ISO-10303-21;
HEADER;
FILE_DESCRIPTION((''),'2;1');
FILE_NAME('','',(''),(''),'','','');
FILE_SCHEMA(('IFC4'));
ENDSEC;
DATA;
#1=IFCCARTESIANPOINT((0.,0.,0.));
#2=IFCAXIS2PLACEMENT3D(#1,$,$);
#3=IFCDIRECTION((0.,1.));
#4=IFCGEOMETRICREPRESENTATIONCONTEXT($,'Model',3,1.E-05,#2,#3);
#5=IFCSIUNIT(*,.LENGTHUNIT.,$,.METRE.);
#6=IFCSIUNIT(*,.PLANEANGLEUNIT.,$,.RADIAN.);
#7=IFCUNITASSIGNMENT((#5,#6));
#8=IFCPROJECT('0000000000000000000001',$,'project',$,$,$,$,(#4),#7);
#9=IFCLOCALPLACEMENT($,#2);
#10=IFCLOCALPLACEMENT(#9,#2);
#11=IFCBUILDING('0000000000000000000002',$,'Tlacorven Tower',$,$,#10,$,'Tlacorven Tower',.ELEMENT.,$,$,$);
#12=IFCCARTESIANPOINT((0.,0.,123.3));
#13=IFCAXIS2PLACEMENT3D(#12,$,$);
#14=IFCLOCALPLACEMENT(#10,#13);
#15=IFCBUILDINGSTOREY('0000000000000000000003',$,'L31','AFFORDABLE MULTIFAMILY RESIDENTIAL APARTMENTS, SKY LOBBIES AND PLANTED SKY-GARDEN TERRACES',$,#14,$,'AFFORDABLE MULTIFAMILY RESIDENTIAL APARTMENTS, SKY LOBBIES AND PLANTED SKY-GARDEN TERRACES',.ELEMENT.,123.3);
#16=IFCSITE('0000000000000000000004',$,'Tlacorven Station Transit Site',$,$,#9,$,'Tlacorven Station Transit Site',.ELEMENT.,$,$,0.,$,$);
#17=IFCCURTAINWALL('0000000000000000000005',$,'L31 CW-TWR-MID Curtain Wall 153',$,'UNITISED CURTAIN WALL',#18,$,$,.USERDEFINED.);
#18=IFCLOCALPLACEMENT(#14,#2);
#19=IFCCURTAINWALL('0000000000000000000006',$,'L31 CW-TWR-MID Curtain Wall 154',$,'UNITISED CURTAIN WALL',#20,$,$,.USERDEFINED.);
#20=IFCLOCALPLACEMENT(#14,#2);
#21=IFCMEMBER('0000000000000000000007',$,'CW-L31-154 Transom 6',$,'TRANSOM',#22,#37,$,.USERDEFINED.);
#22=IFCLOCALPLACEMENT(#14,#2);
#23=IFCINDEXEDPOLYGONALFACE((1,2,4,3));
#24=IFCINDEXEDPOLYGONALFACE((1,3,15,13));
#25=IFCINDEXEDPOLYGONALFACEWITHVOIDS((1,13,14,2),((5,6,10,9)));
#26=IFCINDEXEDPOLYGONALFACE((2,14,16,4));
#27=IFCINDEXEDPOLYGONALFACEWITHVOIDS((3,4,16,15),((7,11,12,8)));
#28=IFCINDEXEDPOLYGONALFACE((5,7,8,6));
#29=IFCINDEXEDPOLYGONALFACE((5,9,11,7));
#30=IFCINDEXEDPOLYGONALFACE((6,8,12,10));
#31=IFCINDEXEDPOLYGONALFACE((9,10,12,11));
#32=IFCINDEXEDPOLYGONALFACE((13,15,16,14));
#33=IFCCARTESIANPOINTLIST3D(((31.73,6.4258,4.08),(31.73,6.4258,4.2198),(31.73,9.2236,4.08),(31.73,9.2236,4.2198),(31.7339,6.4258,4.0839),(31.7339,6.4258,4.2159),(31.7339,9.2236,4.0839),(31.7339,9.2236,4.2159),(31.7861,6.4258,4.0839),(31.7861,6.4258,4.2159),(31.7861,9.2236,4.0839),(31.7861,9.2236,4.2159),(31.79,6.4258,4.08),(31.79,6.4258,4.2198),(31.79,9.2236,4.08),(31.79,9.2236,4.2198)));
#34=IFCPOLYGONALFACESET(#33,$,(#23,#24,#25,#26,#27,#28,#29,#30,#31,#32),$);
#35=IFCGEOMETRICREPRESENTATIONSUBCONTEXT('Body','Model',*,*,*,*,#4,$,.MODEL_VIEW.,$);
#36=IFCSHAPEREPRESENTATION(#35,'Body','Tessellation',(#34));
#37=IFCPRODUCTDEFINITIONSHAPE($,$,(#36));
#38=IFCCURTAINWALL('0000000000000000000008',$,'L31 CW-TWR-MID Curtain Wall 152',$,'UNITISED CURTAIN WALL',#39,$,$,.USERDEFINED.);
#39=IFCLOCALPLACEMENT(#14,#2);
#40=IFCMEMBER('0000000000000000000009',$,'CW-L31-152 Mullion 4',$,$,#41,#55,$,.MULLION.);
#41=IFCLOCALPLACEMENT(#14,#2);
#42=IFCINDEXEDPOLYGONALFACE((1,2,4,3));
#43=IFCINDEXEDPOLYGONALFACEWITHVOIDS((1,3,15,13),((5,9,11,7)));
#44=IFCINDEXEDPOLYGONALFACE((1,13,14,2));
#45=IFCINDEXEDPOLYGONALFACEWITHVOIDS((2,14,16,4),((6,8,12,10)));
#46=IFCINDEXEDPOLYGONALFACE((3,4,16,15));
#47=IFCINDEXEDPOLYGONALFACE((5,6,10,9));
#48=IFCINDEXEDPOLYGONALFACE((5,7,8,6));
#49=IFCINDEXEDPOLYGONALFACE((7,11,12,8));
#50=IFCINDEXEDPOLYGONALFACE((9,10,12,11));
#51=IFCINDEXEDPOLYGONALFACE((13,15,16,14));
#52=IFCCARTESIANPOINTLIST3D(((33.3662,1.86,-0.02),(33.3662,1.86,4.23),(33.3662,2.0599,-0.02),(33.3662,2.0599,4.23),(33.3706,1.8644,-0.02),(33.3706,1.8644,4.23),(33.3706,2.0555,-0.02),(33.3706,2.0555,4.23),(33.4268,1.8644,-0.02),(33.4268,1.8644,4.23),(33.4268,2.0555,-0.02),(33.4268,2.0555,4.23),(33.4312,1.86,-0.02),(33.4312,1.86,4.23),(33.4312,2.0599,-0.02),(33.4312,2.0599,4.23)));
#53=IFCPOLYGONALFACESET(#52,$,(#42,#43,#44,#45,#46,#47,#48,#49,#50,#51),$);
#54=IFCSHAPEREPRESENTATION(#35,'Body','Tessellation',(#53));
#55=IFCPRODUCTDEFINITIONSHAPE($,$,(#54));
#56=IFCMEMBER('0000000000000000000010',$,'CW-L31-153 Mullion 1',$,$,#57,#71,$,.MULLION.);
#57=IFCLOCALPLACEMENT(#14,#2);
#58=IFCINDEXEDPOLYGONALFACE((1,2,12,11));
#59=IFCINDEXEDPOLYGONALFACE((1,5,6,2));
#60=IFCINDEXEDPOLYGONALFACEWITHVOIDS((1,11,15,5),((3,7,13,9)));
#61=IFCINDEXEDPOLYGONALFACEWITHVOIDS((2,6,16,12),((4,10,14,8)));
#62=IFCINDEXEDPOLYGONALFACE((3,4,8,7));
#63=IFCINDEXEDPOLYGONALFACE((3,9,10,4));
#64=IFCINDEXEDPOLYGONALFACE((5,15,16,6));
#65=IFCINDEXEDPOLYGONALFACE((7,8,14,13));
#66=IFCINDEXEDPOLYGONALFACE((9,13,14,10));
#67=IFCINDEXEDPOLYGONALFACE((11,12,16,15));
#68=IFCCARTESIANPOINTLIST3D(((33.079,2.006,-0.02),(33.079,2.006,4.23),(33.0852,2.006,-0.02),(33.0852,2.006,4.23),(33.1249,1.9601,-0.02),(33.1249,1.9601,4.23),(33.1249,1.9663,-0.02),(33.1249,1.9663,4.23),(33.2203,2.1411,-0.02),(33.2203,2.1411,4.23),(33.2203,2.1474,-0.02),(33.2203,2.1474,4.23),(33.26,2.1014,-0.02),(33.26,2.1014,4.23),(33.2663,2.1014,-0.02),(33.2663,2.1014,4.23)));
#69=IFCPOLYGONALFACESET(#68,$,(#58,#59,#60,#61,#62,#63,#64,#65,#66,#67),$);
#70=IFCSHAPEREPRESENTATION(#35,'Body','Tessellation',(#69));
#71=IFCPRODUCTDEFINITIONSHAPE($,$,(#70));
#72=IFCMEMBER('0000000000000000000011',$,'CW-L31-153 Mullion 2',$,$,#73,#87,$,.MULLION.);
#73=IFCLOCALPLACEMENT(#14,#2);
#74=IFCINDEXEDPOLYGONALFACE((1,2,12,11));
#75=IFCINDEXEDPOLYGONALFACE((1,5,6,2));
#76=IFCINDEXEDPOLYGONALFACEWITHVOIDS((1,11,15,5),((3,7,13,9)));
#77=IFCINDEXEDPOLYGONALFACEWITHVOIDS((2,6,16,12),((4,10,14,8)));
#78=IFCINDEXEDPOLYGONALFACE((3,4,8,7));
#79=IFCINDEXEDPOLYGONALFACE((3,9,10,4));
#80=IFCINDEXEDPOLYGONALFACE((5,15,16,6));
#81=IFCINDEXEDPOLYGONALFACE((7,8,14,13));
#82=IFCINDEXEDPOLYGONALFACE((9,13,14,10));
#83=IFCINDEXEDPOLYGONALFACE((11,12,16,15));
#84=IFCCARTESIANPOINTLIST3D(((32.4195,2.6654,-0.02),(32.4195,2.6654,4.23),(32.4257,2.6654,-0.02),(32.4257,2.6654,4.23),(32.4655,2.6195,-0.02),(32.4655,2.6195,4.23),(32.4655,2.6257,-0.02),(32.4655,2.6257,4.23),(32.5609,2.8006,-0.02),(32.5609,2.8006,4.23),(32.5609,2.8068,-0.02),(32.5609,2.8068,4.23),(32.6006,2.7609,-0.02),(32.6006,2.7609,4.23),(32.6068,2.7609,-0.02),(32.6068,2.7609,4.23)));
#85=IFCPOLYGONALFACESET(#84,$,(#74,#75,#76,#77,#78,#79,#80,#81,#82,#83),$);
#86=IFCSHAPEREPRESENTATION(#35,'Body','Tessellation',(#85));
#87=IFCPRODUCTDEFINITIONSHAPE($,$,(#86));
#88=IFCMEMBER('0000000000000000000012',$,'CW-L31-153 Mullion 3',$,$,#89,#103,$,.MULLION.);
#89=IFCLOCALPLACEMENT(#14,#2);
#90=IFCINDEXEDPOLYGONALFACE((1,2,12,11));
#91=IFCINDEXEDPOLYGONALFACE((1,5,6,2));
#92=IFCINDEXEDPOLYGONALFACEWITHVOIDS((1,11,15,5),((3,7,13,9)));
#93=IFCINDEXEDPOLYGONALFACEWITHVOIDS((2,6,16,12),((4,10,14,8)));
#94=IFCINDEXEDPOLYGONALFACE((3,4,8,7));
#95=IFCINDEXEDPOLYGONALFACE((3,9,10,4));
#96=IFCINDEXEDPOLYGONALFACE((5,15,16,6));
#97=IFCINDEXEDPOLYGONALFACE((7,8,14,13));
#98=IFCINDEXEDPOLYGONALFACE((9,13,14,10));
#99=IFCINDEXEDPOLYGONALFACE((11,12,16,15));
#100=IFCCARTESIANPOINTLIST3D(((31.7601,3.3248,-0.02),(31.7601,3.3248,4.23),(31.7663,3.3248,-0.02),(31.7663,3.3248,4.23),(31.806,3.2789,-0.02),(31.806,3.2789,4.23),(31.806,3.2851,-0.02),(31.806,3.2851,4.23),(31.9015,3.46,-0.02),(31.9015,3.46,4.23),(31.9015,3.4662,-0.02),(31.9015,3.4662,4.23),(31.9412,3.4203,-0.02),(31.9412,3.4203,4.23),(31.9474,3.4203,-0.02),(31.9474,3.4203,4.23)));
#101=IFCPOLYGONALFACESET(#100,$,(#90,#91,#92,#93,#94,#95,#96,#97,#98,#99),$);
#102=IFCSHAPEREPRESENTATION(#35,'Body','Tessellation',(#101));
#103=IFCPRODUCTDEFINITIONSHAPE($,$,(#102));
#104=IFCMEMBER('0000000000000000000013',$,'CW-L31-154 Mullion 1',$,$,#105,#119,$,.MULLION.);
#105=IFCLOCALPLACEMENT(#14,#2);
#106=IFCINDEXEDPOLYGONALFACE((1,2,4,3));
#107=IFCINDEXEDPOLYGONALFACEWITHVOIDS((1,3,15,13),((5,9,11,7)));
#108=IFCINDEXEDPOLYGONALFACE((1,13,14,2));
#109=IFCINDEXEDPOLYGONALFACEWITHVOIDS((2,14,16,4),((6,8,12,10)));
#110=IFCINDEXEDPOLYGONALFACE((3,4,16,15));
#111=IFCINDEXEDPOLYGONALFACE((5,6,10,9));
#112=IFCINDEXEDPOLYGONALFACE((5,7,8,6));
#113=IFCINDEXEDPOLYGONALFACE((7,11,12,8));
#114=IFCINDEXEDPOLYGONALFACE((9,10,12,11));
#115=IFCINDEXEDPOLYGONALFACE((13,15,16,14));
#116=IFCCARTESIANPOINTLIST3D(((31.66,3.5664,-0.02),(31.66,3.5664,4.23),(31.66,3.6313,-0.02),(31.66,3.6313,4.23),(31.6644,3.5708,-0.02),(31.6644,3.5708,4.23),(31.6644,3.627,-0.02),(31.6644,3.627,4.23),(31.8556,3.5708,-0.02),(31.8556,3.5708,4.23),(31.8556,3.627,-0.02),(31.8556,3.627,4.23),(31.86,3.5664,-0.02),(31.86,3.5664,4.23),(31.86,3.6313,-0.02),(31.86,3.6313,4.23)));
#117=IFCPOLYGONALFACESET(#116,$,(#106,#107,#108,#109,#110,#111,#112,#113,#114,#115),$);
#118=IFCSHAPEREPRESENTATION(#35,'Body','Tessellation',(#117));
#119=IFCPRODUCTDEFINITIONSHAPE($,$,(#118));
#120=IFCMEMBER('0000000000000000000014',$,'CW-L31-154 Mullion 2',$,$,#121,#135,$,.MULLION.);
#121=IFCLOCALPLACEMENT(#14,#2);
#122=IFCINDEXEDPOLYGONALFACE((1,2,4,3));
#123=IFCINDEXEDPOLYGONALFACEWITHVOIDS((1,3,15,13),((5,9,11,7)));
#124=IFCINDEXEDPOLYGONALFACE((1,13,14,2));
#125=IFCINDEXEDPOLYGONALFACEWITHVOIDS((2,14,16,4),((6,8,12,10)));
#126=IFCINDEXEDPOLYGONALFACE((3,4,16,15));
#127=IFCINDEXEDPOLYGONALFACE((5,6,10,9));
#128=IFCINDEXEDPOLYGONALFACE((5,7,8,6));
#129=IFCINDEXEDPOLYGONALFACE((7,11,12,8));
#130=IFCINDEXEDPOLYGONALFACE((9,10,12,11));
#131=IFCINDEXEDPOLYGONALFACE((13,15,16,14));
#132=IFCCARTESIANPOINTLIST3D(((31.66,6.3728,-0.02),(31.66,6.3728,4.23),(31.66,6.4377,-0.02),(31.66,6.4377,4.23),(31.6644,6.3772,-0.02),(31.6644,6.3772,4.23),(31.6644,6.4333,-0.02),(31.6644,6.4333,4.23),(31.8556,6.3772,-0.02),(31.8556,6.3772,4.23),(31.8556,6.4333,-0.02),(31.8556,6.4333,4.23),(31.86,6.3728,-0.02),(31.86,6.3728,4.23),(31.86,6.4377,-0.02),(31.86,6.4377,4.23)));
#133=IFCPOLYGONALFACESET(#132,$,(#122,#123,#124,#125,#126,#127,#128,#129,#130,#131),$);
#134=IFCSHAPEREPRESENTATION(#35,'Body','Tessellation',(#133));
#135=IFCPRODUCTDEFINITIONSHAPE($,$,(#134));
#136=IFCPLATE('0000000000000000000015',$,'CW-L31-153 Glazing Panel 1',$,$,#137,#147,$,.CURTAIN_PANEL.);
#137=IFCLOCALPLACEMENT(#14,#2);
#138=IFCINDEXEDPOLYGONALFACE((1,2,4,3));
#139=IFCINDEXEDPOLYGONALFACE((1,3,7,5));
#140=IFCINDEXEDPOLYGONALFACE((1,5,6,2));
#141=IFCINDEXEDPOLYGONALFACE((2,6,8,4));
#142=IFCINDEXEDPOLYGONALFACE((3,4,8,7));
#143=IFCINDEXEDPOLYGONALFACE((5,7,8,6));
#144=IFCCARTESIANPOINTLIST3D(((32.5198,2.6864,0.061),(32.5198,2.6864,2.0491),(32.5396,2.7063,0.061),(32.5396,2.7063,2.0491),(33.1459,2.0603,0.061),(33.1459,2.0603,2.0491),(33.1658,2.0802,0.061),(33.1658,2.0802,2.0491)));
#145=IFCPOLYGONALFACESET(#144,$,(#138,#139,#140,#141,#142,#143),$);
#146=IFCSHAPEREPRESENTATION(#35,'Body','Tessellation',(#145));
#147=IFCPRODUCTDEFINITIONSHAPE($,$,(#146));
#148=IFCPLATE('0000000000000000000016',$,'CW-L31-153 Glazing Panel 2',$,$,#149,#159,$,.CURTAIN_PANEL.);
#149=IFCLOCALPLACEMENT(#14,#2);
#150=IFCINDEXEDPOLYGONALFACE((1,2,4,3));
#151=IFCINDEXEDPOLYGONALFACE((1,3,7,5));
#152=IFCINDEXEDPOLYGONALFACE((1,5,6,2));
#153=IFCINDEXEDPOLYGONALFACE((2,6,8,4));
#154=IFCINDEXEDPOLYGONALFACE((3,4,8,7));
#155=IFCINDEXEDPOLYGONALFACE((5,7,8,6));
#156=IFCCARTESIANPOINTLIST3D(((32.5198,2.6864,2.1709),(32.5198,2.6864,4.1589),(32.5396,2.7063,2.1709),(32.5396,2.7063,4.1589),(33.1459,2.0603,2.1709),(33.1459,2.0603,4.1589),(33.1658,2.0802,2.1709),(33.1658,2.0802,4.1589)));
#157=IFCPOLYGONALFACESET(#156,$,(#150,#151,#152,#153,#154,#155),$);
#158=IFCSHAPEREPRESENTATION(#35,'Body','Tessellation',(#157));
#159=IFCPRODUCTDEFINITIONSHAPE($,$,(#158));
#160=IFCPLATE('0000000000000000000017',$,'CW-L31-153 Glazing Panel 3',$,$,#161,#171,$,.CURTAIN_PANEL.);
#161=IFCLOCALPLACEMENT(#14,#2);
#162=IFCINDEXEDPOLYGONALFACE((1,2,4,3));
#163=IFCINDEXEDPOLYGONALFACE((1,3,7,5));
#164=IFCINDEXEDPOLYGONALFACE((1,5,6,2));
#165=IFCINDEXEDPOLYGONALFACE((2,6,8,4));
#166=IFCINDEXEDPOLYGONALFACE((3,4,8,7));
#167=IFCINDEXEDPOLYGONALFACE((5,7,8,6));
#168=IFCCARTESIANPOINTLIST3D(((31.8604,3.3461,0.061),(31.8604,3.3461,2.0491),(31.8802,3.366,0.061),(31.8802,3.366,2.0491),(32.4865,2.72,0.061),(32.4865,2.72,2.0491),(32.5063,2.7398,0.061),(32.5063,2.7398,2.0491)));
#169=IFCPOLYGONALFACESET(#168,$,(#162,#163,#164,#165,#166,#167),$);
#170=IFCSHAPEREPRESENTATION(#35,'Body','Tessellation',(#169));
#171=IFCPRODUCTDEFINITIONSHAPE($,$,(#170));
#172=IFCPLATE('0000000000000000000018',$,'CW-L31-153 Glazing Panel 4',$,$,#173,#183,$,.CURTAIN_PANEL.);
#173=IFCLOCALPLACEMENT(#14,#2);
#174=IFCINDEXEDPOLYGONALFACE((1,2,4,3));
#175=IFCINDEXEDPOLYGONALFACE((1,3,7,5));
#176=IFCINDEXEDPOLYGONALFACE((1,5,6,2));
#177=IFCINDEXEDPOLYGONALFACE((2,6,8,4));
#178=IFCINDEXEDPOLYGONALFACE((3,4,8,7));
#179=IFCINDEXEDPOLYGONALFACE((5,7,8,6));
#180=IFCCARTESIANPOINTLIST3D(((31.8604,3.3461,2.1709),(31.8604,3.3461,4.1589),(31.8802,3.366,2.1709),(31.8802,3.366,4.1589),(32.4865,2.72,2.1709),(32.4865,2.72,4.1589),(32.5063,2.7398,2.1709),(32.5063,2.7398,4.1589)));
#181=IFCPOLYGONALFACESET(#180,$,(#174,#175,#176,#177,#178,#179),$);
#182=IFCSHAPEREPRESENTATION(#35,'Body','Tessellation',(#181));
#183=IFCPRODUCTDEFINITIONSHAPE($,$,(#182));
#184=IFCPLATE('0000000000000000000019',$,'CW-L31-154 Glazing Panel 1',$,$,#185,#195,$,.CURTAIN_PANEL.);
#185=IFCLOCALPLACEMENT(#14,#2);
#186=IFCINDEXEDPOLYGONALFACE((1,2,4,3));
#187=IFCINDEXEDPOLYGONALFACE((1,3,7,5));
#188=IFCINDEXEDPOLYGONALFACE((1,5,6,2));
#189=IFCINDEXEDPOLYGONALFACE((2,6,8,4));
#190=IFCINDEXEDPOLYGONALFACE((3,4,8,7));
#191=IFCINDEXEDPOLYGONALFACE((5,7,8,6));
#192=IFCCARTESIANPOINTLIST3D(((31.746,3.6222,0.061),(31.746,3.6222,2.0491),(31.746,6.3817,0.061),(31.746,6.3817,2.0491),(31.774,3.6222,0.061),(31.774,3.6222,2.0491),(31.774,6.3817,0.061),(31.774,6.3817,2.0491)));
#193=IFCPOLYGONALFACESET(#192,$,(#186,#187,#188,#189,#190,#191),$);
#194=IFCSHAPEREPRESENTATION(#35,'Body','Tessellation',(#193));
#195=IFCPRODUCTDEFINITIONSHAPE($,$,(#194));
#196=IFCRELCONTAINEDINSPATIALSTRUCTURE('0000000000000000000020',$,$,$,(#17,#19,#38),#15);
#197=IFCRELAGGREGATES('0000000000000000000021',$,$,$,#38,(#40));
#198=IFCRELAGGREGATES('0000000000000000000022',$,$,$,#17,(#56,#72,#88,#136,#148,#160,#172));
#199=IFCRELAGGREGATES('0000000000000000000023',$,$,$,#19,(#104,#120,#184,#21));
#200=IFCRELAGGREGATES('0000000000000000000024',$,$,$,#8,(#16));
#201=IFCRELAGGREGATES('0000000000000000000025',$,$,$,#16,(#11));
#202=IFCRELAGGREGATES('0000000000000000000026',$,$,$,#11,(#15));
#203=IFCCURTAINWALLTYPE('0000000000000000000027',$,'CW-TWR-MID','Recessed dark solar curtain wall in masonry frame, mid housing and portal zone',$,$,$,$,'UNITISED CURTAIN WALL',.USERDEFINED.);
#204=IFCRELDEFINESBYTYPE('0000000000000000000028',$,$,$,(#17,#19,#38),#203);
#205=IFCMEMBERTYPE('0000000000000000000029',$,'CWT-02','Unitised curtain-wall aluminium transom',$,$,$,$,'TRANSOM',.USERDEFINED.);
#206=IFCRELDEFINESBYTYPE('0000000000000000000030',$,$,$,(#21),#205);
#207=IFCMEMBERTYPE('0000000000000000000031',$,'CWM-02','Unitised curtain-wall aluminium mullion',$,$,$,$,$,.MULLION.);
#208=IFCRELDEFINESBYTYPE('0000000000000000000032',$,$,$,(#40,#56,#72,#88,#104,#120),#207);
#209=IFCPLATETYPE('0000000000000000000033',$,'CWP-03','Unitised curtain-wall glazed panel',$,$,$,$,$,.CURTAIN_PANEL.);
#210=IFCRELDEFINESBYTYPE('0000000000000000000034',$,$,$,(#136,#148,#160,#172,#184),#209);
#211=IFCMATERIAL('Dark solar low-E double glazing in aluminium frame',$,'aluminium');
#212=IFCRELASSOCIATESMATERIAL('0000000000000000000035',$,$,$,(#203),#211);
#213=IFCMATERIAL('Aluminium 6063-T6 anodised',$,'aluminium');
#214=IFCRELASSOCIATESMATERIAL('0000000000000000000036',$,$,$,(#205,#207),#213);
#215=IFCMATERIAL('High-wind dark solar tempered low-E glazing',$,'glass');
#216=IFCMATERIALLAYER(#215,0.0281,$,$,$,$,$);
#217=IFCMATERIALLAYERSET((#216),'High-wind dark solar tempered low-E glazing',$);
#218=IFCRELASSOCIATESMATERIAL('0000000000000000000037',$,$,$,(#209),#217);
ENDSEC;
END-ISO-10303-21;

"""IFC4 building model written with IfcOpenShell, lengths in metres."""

from ifc_helpers import new_model, si_unit, direction, frame, origin, origin_2d, place, context, subcontext, project, spatial, rectangle, hollow_rectangle, extrude, source, transform, mapped, material, layer, layer_set, material_profile, profile_set, type_object, element, aggregate, save


model = new_model("IFC4")

# Units and contexts
model_context = context("Model", 3, precision=1e-05, world=origin(), true_north=direction((0.0, 1.0)))
body_context = subcontext(model_context, "Body", "Model", "MODEL_VIEW")
ifc_project = project(units=[si_unit("LENGTHUNIT", "METRE"), si_unit("PLANEANGLEUNIT", "RADIAN")], contexts=[model_context])

# Site, building, storey
site_placement = place(None, origin())
site = spatial("IfcSite", under=ifc_project, at=site_placement, Name="Tlacorven Station Transit Site", LongName="Tlacorven Station Transit Site", CompositionType="ELEMENT", RefElevation=0.0)
building_placement = place(site_placement, origin())
building = spatial("IfcBuilding", under=site, at=building_placement, Name="Tlacorven Tower", LongName="Tlacorven Tower", CompositionType="ELEMENT")
storey_placement = place(building_placement, frame((0.0, 0.0, 123.3)))
storey = spatial("IfcBuildingStorey", under=building, at=storey_placement, Name="L31", Description="AFFORDABLE MULTIFAMILY RESIDENTIAL APARTMENTS, SKY LOBBIES AND PLANTED SKY-GARDEN TERRACES", LongName="AFFORDABLE MULTIFAMILY RESIDENTIAL APARTMENTS, SKY LOBBIES AND PLANTED SKY-GARDEN TERRACES", CompositionType="ELEMENT", Elevation=123.3)

# Curtain walls, member
ifc_material_1 = material(Name="Dark solar low-E double glazing in aluminium frame", Category="aluminium")
curtain_wall_type = type_object("IfcCurtainWallType", Name="CW-TWR-MID", Description="Recessed dark solar curtain wall in masonry frame, mid housing and portal zone", ElementType="UNITISED CURTAIN WALL", PredefinedType="USERDEFINED", material=ifc_material_1)
curtain_wall_1_placement = place(storey_placement, origin())
curtain_wall_1 = element("IfcCurtainWall", 1, at=curtain_wall_1_placement, inside=storey, type_object=curtain_wall_type, Name="L31 CW-TWR-MID Curtain Wall 153", ObjectType="UNITISED CURTAIN WALL", PredefinedType="USERDEFINED")
ifc_material_2 = material(Name="Aluminium 6063-T6 anodised", Category="aluminium")
ifc_material_profile_1 = material_profile(ifc_material_2, hollow_rectangle(XDim=0.0601, YDim=0.1399, WallThickness=0.0039, at=origin_2d()), Name="ALU TRANSOM 60X140")
ifc_profile_set_1 = profile_set([ifc_material_profile_1], Name="Aluminium 6063-T6 anodised")
member_type_1 = type_object("IfcMemberType", Name="CWT-02", Description="Unitised curtain-wall aluminium transom", ElementType="TRANSOM", PredefinedType="USERDEFINED", material=ifc_profile_set_1)
curtain_wall_2_placement = place(storey_placement, origin())
curtain_wall_2 = element("IfcCurtainWall", 2, at=curtain_wall_2_placement, inside=storey, type_object=curtain_wall_type, Name="L31 CW-TWR-MID Curtain Wall 154", ObjectType="UNITISED CURTAIN WALL", PredefinedType="USERDEFINED")
shared_shape_1 = source(origin(), body_context, "Body", "SweptSolid", [
    extrude(hollow_rectangle(XDim=0.0601, YDim=0.1399, WallThickness=0.0039, at=origin_2d()), origin(), (0.0, 0.0, 1.0), 2.7979),
])
member_1_placement = place(storey_placement, frame((31.76, 6.4258, 4.1499), z_axis=(0.0, 1.0, 0.0), x_axis=(-1.0, 0.0, 0.0)))
member_1 = element("IfcMember", 3, at=member_1_placement, type_object=member_type_1, Name="CW-L31-154 Transom 6", ObjectType="TRANSOM", PredefinedType="USERDEFINED", context=body_context, shape_type="MappedRepresentation", body=[
    mapped(shared_shape_1, transform((0.0, 0.0, 0.0), scale=1.0)),
])

# Curtain wall, member
curtain_wall_3_placement = place(storey_placement, origin())
curtain_wall_3 = element("IfcCurtainWall", 4, at=curtain_wall_3_placement, inside=storey, type_object=curtain_wall_type, Name="L31 CW-TWR-MID Curtain Wall 152", ObjectType="UNITISED CURTAIN WALL", PredefinedType="USERDEFINED")
ifc_material_profile_2 = material_profile(ifc_material_2, hollow_rectangle(XDim=0.0649, YDim=0.2, WallThickness=0.0044, at=origin_2d()), Name="ALU MULLION 65X200")
ifc_profile_set_2 = profile_set([ifc_material_profile_2], Name="Aluminium 6063-T6 anodised")
member_type_2 = type_object("IfcMemberType", Name="CWM-02", Description="Unitised curtain-wall aluminium mullion", PredefinedType="MULLION", material=ifc_profile_set_2)
shared_shape_2 = source(origin(), body_context, "Body", "SweptSolid", [
    extrude(hollow_rectangle(XDim=0.0649, YDim=0.2, WallThickness=0.0044, at=origin_2d()), origin(), (0.0, 0.0, 1.0), 4.25),
])
member_2_placement = place(storey_placement, frame((33.3987, 1.96, -0.02), z_axis=(0.0, 0.0, 1.0), x_axis=(-1.0, 0.0, 0.0)))
member_2 = element("IfcMember", 5, at=member_2_placement, type_object=member_type_2, Name="CW-L31-152 Mullion 4", PredefinedType="MULLION", context=body_context, shape_type="MappedRepresentation", body=[
    mapped(shared_shape_2, transform((0.0, 0.0, 0.0), scale=1.0)),
])
aggregate(curtain_wall_3, [member_2])

# Members
member_3_placement = place(storey_placement, frame((33.1726, 2.0537, -0.02), z_axis=(0.0, 0.0, 1.0), x_axis=(-0.707107, 0.707107, 0.0)))
member_3 = element("IfcMember", 6, at=member_3_placement, type_object=member_type_2, Name="CW-L31-153 Mullion 1", PredefinedType="MULLION", context=body_context, shape_type="MappedRepresentation", body=[
    mapped(shared_shape_2, transform((0.0, 0.0, 0.0), scale=1.0)),
])
member_4_placement = place(storey_placement, frame((32.5132, 2.7131, -0.02), z_axis=(0.0, 0.0, 1.0), x_axis=(-0.707107, 0.707107, 0.0)))
member_4 = element("IfcMember", 7, at=member_4_placement, type_object=member_type_2, Name="CW-L31-153 Mullion 2", PredefinedType="MULLION", context=body_context, shape_type="MappedRepresentation", body=[
    mapped(shared_shape_2, transform((0.0, 0.0, 0.0), scale=1.0)),
])
member_5_placement = place(storey_placement, frame((31.8538, 3.3726, -0.02), z_axis=(0.0, 0.0, 1.0), x_axis=(-0.707107, 0.707107, 0.0)))
member_5 = element("IfcMember", 8, at=member_5_placement, type_object=member_type_2, Name="CW-L31-153 Mullion 3", PredefinedType="MULLION", context=body_context, shape_type="MappedRepresentation", body=[
    mapped(shared_shape_2, transform((0.0, 0.0, 0.0), scale=1.0)),
])
member_6_placement = place(storey_placement, frame((31.76, 3.5989, -0.02), z_axis=(0.0, 0.0, 1.0), x_axis=(0.0, 1.0, 0.0)))
member_6 = element("IfcMember", 9, at=member_6_placement, type_object=member_type_2, Name="CW-L31-154 Mullion 1", PredefinedType="MULLION", context=body_context, shape_type="MappedRepresentation", body=[
    mapped(shared_shape_2, transform((0.0, 0.0, 0.0), scale=1.0)),
])
member_7_placement = place(storey_placement, frame((31.76, 6.4053, -0.02), z_axis=(0.0, 0.0, 1.0), x_axis=(0.0, 1.0, 0.0)))
member_7 = element("IfcMember", 10, at=member_7_placement, type_object=member_type_2, Name="CW-L31-154 Mullion 2", PredefinedType="MULLION", context=body_context, shape_type="MappedRepresentation", body=[
    mapped(shared_shape_2, transform((0.0, 0.0, 0.0), scale=1.0)),
])

# Plates
ifc_material_3 = material(Name="High-wind dark solar tempered low-E glazing", Category="glass")
ifc_layer = layer(ifc_material_3, 0.0281)
ifc_layer_set = layer_set([ifc_layer], Name="High-wind dark solar tempered low-E glazing")
plate_type = type_object("IfcPlateType", Name="CWP-03", Description="Unitised curtain-wall glazed panel", PredefinedType="CURTAIN_PANEL", material=ifc_layer_set)
shared_shape_3 = source(origin(), body_context, "Body", "SweptSolid", [
    extrude(rectangle(XDim=0.8855, YDim=0.0281, at=origin_2d()), origin(), (0.0, 0.0, 1.0), 1.988),
])
plate_1_placement = place(storey_placement, frame((32.8428, 2.3833, 0.061), z_axis=(0.0, 0.0, 1.0), x_axis=(-0.707107, 0.707107, 0.0)))
plate_1 = element("IfcPlate", 11, at=plate_1_placement, type_object=plate_type, Name="CW-L31-153 Glazing Panel 1", PredefinedType="CURTAIN_PANEL", context=body_context, shape_type="MappedRepresentation", body=[
    mapped(shared_shape_3, transform((0.0, 0.0, 0.0), scale=1.0)),
])
plate_2_placement = place(storey_placement, frame((32.8428, 2.3833, 2.1709), z_axis=(0.0, 0.0, 1.0), x_axis=(-0.707107, 0.707107, 0.0)))
plate_2 = element("IfcPlate", 12, at=plate_2_placement, type_object=plate_type, Name="CW-L31-153 Glazing Panel 2", PredefinedType="CURTAIN_PANEL", context=body_context, shape_type="MappedRepresentation", body=[
    mapped(shared_shape_3, transform((0.0, 0.0, 0.0), scale=1.0)),
])
plate_3_placement = place(storey_placement, frame((32.1833, 3.043, 0.061), z_axis=(0.0, 0.0, 1.0), x_axis=(-0.707107, 0.707107, 0.0)))
plate_3 = element("IfcPlate", 13, at=plate_3_placement, type_object=plate_type, Name="CW-L31-153 Glazing Panel 3", PredefinedType="CURTAIN_PANEL", context=body_context, shape_type="MappedRepresentation", body=[
    mapped(shared_shape_3, transform((0.0, 0.0, 0.0), scale=1.0)),
])
plate_4_placement = place(storey_placement, frame((32.1833, 3.043, 2.1709), z_axis=(0.0, 0.0, 1.0), x_axis=(-0.707107, 0.707107, 0.0)))
plate_4 = element("IfcPlate", 14, at=plate_4_placement, type_object=plate_type, Name="CW-L31-153 Glazing Panel 4", PredefinedType="CURTAIN_PANEL", context=body_context, shape_type="MappedRepresentation", body=[
    mapped(shared_shape_3, transform((0.0, 0.0, 0.0), scale=1.0)),
])
aggregate(curtain_wall_1, [member_3, member_4, member_5, plate_1, plate_2, plate_3, plate_4])
shared_shape_4 = source(origin(), body_context, "Body", "SweptSolid", [
    extrude(rectangle(XDim=2.7595, YDim=0.0281, at=origin_2d()), origin(), (0.0, 0.0, 1.0), 1.988),
])
plate_5_placement = place(storey_placement, frame((31.76, 5.002, 0.061), z_axis=(0.0, 0.0, 1.0), x_axis=(0.0, 1.0, 0.0)))
plate_5 = element("IfcPlate", 15, at=plate_5_placement, type_object=plate_type, Name="CW-L31-154 Glazing Panel 1", PredefinedType="CURTAIN_PANEL", context=body_context, shape_type="MappedRepresentation", body=[
    mapped(shared_shape_4, transform((0.0, 0.0, 0.0), scale=1.0)),
])
aggregate(curtain_wall_2, [member_6, member_7, plate_5, member_1])

save(model, "model.ifc")
